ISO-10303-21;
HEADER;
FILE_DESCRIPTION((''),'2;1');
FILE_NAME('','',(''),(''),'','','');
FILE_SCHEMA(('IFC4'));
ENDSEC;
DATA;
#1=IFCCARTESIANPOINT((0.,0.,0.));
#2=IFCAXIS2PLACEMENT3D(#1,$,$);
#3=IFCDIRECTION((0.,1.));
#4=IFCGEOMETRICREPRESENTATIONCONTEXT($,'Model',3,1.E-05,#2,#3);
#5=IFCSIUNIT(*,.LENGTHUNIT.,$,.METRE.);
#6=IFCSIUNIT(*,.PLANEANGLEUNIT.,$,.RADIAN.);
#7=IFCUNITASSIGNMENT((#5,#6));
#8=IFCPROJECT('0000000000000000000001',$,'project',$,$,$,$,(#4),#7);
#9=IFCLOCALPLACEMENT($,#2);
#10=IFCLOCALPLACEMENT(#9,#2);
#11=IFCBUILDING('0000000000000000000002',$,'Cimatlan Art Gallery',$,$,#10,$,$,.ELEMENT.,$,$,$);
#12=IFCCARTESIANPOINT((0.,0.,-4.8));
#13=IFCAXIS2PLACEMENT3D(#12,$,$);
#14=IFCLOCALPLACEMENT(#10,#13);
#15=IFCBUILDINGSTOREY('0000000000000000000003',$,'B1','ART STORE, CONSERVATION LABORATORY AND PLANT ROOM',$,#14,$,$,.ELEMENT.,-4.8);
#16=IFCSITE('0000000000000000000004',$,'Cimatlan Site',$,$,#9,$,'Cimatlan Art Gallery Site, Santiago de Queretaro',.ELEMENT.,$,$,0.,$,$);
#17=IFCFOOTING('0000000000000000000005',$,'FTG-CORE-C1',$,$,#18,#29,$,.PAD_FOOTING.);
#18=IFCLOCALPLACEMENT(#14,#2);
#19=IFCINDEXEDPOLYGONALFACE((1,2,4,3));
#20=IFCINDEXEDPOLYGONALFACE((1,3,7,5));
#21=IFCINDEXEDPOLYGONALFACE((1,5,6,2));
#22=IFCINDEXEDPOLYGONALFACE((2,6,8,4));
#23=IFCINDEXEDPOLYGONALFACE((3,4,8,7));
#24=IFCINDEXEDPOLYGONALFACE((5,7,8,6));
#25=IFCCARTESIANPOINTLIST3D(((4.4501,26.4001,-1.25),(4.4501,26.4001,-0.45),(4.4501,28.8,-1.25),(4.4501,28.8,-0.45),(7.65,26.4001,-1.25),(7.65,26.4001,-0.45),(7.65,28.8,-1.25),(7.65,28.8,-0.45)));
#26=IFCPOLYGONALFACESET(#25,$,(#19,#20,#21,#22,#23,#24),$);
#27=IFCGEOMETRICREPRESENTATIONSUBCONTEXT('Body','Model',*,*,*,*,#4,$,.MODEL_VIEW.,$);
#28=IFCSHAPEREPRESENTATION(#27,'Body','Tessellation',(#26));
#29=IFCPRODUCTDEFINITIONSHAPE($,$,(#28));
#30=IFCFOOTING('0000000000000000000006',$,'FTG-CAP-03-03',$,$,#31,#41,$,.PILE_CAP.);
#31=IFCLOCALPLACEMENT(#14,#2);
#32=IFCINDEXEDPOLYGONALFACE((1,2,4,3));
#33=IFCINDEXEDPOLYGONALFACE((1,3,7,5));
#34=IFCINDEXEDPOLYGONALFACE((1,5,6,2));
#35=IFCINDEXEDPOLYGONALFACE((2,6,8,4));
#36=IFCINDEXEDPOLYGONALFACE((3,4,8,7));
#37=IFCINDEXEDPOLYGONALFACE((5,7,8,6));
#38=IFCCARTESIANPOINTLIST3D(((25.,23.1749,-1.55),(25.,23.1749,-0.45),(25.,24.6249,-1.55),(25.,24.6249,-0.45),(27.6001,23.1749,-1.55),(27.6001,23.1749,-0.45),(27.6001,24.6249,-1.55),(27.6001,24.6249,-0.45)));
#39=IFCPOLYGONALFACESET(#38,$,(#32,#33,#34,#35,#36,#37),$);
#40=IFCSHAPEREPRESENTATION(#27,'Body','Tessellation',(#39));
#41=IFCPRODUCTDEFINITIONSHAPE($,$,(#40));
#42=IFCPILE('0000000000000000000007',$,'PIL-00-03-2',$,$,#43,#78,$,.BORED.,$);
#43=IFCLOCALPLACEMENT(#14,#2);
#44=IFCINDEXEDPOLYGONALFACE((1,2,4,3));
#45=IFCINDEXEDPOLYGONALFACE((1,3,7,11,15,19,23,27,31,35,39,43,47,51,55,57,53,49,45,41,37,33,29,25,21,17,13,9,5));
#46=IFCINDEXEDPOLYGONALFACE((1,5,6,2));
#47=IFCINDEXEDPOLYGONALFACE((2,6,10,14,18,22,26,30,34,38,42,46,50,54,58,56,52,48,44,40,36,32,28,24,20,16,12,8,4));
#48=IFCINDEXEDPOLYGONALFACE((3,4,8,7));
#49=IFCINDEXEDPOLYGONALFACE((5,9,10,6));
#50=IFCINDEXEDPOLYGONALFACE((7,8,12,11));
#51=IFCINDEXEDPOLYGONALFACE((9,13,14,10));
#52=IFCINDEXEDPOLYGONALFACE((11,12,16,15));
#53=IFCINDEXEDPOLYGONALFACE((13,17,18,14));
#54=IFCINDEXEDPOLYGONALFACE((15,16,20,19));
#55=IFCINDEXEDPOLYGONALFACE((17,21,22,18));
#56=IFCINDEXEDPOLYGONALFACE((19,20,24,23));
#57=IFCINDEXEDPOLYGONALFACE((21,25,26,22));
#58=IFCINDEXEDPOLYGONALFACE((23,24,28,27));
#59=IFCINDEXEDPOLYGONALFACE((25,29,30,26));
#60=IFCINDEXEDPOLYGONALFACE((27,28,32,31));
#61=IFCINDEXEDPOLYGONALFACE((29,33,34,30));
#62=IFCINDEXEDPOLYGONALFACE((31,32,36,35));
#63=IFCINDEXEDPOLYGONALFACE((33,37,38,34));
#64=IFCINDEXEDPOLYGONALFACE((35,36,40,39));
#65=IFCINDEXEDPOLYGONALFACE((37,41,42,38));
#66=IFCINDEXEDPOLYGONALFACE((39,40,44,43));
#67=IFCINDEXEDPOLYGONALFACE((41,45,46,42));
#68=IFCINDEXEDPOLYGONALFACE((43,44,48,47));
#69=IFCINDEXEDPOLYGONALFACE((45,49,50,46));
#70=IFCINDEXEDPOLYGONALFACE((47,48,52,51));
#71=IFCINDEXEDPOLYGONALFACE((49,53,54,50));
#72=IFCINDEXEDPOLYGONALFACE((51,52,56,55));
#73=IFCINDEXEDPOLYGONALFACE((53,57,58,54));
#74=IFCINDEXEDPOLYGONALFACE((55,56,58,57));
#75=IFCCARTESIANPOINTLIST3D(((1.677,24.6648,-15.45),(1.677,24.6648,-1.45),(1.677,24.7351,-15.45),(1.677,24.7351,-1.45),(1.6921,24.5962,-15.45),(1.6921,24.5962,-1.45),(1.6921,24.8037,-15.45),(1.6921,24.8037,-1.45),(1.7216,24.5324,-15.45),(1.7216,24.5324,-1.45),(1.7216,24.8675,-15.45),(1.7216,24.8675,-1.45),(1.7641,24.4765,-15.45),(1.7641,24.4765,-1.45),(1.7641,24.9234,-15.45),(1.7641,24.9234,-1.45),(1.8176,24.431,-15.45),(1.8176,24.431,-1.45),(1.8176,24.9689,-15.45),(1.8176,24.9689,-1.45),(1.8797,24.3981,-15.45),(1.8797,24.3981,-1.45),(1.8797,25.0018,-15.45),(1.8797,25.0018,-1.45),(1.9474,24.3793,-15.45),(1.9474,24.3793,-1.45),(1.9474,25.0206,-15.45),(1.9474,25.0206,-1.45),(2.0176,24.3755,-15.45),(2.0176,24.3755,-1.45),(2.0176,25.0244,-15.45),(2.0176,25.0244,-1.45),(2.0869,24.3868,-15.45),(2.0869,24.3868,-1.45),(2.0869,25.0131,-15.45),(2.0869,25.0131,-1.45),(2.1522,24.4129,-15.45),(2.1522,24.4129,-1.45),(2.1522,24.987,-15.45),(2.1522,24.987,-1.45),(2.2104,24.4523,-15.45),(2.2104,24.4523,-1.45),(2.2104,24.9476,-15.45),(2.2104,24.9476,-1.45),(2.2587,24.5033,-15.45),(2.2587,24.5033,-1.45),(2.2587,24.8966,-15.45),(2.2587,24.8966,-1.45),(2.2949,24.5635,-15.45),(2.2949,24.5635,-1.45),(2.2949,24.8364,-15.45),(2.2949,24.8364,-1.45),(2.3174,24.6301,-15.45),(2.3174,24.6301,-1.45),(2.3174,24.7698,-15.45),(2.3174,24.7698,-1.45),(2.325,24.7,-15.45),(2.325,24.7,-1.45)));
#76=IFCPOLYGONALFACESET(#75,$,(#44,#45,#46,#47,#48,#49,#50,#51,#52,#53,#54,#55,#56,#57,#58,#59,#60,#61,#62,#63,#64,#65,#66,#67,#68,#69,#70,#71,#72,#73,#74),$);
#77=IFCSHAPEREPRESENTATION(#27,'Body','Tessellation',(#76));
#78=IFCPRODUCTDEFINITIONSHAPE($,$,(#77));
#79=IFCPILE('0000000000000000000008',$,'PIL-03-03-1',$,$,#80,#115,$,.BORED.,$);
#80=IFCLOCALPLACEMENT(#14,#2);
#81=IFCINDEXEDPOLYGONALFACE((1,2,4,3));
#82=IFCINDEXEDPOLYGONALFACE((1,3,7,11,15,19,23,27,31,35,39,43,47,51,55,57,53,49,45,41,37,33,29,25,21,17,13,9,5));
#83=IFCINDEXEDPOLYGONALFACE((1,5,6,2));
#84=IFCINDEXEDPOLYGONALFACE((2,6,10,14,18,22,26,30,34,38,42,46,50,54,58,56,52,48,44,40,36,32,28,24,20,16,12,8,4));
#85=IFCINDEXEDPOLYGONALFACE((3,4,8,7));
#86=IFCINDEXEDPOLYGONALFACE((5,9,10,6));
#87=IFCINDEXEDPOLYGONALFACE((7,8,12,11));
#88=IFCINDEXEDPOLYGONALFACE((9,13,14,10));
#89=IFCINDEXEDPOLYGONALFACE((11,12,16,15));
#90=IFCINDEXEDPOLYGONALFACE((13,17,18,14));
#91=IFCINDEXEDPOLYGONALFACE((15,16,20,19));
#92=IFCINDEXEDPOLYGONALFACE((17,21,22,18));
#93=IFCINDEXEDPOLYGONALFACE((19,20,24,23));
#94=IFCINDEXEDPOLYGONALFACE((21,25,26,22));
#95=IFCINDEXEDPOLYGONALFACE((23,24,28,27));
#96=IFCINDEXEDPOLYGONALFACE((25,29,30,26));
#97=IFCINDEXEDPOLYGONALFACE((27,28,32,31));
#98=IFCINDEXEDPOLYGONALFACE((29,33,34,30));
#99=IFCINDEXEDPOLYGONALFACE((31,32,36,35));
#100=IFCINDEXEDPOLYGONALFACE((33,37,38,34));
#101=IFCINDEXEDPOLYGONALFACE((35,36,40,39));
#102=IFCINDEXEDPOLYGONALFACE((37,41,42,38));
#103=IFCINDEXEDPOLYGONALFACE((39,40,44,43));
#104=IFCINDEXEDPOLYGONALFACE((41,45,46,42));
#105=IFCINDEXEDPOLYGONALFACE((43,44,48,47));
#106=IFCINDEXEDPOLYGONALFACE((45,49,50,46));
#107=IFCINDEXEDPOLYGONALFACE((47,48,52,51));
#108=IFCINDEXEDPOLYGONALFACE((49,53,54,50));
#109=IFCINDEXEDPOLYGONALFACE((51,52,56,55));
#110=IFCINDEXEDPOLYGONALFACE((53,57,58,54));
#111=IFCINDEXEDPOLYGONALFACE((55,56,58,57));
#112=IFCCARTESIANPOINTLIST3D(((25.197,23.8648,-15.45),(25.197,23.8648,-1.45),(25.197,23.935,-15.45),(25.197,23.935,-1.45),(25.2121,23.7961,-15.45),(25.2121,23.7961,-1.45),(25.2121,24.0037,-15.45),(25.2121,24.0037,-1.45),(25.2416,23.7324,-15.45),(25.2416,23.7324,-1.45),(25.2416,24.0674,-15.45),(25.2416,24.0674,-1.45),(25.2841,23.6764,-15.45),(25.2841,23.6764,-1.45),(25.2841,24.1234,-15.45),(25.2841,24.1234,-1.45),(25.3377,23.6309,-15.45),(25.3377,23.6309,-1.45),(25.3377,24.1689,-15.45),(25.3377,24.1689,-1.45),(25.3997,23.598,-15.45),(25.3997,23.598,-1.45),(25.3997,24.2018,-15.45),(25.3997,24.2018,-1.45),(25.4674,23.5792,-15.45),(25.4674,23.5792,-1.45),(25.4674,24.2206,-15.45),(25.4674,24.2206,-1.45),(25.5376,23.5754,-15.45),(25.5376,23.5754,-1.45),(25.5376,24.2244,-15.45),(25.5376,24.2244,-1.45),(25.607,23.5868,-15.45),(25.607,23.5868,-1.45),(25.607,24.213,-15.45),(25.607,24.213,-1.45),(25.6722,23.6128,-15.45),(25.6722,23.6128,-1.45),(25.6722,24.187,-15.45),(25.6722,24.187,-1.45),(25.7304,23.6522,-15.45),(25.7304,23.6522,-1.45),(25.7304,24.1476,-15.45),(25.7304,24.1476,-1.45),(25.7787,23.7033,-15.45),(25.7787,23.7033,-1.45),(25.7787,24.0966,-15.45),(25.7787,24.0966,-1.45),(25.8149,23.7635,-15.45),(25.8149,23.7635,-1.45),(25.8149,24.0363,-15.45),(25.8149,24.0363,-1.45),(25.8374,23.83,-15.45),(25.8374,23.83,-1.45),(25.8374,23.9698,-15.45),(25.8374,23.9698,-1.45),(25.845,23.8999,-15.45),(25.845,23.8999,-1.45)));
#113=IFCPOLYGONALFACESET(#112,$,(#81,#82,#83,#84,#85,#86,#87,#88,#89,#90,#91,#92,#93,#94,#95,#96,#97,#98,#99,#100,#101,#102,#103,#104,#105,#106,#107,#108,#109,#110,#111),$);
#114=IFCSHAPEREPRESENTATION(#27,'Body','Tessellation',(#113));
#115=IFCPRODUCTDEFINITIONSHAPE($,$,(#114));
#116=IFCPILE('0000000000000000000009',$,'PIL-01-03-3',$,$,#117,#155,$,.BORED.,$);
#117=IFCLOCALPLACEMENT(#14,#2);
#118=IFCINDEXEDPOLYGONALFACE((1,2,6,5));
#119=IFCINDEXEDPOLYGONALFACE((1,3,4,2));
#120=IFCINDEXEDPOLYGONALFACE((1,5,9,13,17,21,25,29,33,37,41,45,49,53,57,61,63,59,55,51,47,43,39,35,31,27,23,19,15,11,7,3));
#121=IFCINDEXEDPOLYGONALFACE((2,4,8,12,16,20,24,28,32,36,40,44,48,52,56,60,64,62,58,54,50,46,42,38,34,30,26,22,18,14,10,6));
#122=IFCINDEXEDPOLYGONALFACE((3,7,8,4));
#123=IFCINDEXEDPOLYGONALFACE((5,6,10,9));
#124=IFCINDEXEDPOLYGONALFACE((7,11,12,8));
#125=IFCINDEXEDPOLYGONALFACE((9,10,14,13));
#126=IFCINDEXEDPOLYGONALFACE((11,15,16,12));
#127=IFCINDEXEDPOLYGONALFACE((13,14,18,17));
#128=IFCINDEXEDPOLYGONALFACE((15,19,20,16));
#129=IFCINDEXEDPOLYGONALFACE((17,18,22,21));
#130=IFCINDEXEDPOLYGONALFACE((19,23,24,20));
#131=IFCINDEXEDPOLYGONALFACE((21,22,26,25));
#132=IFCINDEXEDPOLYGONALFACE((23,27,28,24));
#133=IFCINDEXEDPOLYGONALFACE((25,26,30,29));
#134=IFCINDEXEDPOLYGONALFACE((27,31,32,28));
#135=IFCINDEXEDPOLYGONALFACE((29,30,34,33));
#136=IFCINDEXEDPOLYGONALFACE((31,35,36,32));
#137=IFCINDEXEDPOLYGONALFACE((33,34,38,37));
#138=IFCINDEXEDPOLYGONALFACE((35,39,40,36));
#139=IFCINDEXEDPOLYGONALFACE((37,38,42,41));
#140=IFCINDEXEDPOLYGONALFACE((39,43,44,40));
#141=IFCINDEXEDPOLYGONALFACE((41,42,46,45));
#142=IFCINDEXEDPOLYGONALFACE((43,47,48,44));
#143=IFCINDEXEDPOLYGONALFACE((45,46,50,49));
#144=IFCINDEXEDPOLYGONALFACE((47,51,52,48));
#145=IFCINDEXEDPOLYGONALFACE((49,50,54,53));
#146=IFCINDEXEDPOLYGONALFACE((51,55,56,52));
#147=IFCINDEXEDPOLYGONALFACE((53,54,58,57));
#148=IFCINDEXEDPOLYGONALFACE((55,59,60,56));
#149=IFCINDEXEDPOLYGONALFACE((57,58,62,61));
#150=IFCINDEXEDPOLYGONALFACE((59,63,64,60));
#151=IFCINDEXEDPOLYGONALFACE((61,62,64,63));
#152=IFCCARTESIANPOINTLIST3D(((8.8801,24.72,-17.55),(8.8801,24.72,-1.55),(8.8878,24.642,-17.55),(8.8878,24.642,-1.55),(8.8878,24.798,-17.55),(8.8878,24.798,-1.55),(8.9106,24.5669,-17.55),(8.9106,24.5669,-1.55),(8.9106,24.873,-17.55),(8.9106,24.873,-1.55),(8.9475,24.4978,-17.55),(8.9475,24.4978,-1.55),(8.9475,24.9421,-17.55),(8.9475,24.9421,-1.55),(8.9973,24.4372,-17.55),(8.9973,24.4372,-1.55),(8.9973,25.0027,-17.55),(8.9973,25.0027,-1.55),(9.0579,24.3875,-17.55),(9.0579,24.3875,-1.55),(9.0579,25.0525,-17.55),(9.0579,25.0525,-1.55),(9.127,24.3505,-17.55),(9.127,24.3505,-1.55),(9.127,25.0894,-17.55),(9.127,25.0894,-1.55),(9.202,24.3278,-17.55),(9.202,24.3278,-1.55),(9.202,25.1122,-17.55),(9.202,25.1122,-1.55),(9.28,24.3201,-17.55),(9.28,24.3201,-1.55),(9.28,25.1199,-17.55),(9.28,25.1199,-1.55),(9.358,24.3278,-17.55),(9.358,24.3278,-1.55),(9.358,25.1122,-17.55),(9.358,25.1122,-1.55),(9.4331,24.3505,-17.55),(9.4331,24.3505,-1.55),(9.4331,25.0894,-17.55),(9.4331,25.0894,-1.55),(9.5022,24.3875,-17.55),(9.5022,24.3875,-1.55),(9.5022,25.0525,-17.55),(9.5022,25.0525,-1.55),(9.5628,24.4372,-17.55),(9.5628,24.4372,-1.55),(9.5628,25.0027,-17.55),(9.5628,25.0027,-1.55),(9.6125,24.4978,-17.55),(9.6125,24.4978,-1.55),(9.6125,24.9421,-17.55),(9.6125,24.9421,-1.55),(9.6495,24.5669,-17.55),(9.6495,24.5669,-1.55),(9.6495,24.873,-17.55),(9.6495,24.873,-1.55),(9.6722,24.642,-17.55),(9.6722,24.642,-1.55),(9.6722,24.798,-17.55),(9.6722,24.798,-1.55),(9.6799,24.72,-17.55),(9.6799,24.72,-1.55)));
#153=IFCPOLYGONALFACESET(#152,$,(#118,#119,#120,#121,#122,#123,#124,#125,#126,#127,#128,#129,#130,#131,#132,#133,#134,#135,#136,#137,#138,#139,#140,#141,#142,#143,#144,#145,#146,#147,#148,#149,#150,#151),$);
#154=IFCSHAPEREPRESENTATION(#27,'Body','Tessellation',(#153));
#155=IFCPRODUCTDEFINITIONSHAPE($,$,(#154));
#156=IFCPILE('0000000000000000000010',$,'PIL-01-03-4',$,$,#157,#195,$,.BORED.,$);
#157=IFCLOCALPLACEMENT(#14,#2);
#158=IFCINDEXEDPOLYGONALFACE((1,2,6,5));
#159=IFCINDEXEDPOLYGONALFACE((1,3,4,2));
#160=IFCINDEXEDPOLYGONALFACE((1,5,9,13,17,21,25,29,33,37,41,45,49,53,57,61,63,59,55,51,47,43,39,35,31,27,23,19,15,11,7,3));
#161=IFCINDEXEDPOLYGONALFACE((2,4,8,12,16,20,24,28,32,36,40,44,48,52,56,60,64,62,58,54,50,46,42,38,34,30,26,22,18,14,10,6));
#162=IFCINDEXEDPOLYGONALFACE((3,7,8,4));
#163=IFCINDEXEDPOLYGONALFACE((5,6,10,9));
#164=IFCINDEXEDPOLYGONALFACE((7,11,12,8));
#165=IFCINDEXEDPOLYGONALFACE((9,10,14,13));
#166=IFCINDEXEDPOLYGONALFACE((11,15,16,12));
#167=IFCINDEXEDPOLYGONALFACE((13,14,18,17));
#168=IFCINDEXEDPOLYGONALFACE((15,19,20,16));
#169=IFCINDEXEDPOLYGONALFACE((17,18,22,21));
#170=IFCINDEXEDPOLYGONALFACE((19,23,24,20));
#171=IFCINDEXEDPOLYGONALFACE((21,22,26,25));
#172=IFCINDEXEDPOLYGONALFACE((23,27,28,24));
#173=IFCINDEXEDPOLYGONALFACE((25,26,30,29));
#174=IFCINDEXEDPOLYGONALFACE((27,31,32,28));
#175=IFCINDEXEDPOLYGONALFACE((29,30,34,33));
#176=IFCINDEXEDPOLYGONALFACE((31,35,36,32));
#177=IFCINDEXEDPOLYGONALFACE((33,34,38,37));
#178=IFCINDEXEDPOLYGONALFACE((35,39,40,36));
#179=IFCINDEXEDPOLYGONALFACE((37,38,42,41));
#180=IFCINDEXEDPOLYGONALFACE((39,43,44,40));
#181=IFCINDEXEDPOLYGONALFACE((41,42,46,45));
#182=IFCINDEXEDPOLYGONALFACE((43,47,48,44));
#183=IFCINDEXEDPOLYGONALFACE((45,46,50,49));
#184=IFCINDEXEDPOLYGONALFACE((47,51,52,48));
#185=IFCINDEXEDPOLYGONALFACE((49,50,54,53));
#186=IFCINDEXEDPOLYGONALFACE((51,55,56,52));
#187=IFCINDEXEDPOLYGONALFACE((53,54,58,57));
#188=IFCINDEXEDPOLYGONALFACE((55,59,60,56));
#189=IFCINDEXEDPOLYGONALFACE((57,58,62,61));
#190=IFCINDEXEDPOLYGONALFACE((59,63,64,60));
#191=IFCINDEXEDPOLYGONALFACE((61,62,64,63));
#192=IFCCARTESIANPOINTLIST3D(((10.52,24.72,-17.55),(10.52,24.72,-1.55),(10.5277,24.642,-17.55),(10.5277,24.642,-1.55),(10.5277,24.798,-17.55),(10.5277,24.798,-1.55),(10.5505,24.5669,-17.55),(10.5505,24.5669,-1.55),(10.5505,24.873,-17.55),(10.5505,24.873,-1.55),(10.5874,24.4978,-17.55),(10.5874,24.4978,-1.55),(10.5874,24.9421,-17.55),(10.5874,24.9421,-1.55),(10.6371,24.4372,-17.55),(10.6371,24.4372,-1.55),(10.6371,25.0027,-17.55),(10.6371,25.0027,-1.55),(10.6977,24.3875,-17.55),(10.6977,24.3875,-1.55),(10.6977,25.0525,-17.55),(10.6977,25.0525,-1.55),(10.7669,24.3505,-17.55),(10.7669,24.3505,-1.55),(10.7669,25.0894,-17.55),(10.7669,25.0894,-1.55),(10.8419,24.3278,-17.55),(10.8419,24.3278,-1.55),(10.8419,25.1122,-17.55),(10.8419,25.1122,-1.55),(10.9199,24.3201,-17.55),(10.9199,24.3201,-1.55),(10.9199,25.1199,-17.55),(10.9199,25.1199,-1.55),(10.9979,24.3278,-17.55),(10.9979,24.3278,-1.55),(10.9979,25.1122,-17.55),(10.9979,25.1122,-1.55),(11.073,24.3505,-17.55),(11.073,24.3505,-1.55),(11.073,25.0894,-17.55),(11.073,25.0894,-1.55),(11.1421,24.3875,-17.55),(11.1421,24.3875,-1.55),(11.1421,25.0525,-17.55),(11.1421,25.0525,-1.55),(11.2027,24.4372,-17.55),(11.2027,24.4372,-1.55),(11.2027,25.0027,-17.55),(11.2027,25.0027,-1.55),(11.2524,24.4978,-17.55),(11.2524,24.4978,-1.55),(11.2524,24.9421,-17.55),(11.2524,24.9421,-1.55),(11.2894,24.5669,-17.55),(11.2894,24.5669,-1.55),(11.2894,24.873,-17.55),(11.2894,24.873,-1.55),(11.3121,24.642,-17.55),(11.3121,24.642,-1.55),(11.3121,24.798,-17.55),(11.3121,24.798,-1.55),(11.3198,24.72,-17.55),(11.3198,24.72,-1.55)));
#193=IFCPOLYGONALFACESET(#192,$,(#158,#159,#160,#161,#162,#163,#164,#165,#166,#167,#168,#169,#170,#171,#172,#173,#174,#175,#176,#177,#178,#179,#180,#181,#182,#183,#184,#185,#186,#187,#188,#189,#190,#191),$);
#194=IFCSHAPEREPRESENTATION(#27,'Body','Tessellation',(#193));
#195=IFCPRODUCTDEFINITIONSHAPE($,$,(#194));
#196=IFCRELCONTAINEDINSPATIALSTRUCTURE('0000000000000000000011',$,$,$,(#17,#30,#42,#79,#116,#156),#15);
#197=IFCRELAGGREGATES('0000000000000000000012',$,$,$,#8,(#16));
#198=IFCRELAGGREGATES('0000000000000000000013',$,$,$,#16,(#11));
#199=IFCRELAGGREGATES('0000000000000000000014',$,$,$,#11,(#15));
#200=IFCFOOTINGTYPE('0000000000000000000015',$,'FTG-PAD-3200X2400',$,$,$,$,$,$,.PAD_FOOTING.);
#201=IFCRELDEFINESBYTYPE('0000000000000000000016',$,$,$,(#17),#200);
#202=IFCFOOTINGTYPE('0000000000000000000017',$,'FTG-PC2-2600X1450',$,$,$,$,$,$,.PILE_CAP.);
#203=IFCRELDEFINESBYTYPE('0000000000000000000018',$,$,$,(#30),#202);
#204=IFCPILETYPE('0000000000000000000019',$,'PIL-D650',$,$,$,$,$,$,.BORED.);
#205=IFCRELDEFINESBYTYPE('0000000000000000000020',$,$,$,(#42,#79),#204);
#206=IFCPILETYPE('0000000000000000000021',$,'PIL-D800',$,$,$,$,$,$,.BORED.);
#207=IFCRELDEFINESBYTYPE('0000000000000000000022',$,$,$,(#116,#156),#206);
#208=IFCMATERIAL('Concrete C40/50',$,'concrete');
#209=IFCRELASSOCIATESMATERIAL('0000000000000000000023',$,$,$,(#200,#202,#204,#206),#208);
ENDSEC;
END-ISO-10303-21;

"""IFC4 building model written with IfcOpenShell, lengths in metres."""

from ifc_helpers import new_model, si_unit, direction, frame, origin, origin_2d, place, context, subcontext, project, spatial, rectangle, circle, extrude, material, type_object, element, save


model = new_model("IFC4")

# Units and contexts
model_context = context("Model", 3, precision=1e-05, world=origin(), true_north=direction((0.0, 1.0)))
body_context = subcontext(model_context, "Body", "Model", "MODEL_VIEW")
ifc_project = project(units=[si_unit("LENGTHUNIT", "METRE"), si_unit("PLANEANGLEUNIT", "RADIAN")], contexts=[model_context])

# Site, building, storey
site_placement = place(None, origin())
site = spatial("IfcSite", under=ifc_project, at=site_placement, Name="Cimatlan Site", LongName="Cimatlan Art Gallery Site, Santiago de Queretaro", CompositionType="ELEMENT", RefElevation=0.0)
building_placement = place(site_placement, origin())
building = spatial("IfcBuilding", under=site, at=building_placement, Name="Cimatlan Art Gallery", CompositionType="ELEMENT")
storey_placement = place(building_placement, frame((0.0, 0.0, -4.8)))
storey = spatial("IfcBuildingStorey", under=building, at=storey_placement, Name="B1", Description="ART STORE, CONSERVATION LABORATORY AND PLANT ROOM", CompositionType="ELEMENT", Elevation=-4.8)

# Footings
ifc_material_1 = material(Name="Concrete C40/50", Category="concrete")
footing_type_1 = type_object("IfcFootingType", Name="FTG-PAD-3200X2400", PredefinedType="PAD_FOOTING", material=ifc_material_1)
footing_1_placement = place(storey_placement, frame((6.05, 27.6001, -1.25), z_axis=(0.0, 0.0, 1.0), x_axis=(1.0, 0.0, 0.0)))
element("IfcFooting", 1, at=footing_1_placement, inside=storey, type_object=footing_type_1, Name="FTG-CORE-C1", PredefinedType="PAD_FOOTING", context=body_context, shape_type="SweptSolid", body=[
    extrude(rectangle(XDim=3.2, YDim=2.3999, at=origin_2d()), origin(), (0.0, 0.0, 1.0), 0.8),
])
footing_type_2 = type_object("IfcFootingType", Name="FTG-PC2-2600X1450", PredefinedType="PILE_CAP", material=ifc_material_1)
footing_2_placement = place(storey_placement, frame((26.3, 23.8999, -1.55), z_axis=(0.0, 0.0, 1.0), x_axis=(1.0, 0.0, 0.0)))
element("IfcFooting", 2, at=footing_2_placement, inside=storey, type_object=footing_type_2, Name="FTG-CAP-03-03", PredefinedType="PILE_CAP", context=body_context, shape_type="SweptSolid", body=[
    extrude(rectangle(XDim=2.6001, YDim=1.45, at=origin_2d()), origin(), (0.0, 0.0, 1.0), 1.1001),
])

# Piles
pile_type_1 = type_object("IfcPileType", Name="PIL-D650", PredefinedType="BORED", material=ifc_material_1)
for number, where, z_axis, x_axis, name in (
    (3, (2.0, 24.7, -1.45), (0.0, 0.0, -1.0), (1.0, 0.0, 0.0), "PIL-00-03-2"),
    (4, (25.52, 23.8999, -1.45), (0.0, 0.0, -1.0), (1.0, 0.0, 0.0), "PIL-03-03-1"),
):
    element("IfcPile", number, at=place(storey_placement, frame(where, z_axis=z_axis, x_axis=x_axis)), inside=storey, type_object=pile_type_1, Name=name, PredefinedType="BORED", context=body_context, shape_type="SweptSolid", body=[
        extrude(circle(Radius=0.325, at=origin_2d()), origin(), (0.0, 0.0, 1.0), 14.0),
    ])
pile_type_2 = type_object("IfcPileType", Name="PIL-D800", PredefinedType="BORED", material=ifc_material_1)
for number, where, z_axis, x_axis, name in (
    (5, (9.28, 24.72, -1.55), (0.0, 0.0, -1.0), (1.0, 0.0, 0.0), "PIL-01-03-3"),
    (6, (10.9199, 24.72, -1.55), (0.0, 0.0, -1.0), (1.0, 0.0, 0.0), "PIL-01-03-4"),
):
    element("IfcPile", number, at=place(storey_placement, frame(where, z_axis=z_axis, x_axis=x_axis)), inside=storey, type_object=pile_type_2, Name=name, PredefinedType="BORED", context=body_context, shape_type="SweptSolid", body=[
        extrude(circle(Radius=0.3999, at=origin_2d()), origin(), (0.0, 0.0, 1.0), 16.0),
    ])

save(model, "model.ifc")
